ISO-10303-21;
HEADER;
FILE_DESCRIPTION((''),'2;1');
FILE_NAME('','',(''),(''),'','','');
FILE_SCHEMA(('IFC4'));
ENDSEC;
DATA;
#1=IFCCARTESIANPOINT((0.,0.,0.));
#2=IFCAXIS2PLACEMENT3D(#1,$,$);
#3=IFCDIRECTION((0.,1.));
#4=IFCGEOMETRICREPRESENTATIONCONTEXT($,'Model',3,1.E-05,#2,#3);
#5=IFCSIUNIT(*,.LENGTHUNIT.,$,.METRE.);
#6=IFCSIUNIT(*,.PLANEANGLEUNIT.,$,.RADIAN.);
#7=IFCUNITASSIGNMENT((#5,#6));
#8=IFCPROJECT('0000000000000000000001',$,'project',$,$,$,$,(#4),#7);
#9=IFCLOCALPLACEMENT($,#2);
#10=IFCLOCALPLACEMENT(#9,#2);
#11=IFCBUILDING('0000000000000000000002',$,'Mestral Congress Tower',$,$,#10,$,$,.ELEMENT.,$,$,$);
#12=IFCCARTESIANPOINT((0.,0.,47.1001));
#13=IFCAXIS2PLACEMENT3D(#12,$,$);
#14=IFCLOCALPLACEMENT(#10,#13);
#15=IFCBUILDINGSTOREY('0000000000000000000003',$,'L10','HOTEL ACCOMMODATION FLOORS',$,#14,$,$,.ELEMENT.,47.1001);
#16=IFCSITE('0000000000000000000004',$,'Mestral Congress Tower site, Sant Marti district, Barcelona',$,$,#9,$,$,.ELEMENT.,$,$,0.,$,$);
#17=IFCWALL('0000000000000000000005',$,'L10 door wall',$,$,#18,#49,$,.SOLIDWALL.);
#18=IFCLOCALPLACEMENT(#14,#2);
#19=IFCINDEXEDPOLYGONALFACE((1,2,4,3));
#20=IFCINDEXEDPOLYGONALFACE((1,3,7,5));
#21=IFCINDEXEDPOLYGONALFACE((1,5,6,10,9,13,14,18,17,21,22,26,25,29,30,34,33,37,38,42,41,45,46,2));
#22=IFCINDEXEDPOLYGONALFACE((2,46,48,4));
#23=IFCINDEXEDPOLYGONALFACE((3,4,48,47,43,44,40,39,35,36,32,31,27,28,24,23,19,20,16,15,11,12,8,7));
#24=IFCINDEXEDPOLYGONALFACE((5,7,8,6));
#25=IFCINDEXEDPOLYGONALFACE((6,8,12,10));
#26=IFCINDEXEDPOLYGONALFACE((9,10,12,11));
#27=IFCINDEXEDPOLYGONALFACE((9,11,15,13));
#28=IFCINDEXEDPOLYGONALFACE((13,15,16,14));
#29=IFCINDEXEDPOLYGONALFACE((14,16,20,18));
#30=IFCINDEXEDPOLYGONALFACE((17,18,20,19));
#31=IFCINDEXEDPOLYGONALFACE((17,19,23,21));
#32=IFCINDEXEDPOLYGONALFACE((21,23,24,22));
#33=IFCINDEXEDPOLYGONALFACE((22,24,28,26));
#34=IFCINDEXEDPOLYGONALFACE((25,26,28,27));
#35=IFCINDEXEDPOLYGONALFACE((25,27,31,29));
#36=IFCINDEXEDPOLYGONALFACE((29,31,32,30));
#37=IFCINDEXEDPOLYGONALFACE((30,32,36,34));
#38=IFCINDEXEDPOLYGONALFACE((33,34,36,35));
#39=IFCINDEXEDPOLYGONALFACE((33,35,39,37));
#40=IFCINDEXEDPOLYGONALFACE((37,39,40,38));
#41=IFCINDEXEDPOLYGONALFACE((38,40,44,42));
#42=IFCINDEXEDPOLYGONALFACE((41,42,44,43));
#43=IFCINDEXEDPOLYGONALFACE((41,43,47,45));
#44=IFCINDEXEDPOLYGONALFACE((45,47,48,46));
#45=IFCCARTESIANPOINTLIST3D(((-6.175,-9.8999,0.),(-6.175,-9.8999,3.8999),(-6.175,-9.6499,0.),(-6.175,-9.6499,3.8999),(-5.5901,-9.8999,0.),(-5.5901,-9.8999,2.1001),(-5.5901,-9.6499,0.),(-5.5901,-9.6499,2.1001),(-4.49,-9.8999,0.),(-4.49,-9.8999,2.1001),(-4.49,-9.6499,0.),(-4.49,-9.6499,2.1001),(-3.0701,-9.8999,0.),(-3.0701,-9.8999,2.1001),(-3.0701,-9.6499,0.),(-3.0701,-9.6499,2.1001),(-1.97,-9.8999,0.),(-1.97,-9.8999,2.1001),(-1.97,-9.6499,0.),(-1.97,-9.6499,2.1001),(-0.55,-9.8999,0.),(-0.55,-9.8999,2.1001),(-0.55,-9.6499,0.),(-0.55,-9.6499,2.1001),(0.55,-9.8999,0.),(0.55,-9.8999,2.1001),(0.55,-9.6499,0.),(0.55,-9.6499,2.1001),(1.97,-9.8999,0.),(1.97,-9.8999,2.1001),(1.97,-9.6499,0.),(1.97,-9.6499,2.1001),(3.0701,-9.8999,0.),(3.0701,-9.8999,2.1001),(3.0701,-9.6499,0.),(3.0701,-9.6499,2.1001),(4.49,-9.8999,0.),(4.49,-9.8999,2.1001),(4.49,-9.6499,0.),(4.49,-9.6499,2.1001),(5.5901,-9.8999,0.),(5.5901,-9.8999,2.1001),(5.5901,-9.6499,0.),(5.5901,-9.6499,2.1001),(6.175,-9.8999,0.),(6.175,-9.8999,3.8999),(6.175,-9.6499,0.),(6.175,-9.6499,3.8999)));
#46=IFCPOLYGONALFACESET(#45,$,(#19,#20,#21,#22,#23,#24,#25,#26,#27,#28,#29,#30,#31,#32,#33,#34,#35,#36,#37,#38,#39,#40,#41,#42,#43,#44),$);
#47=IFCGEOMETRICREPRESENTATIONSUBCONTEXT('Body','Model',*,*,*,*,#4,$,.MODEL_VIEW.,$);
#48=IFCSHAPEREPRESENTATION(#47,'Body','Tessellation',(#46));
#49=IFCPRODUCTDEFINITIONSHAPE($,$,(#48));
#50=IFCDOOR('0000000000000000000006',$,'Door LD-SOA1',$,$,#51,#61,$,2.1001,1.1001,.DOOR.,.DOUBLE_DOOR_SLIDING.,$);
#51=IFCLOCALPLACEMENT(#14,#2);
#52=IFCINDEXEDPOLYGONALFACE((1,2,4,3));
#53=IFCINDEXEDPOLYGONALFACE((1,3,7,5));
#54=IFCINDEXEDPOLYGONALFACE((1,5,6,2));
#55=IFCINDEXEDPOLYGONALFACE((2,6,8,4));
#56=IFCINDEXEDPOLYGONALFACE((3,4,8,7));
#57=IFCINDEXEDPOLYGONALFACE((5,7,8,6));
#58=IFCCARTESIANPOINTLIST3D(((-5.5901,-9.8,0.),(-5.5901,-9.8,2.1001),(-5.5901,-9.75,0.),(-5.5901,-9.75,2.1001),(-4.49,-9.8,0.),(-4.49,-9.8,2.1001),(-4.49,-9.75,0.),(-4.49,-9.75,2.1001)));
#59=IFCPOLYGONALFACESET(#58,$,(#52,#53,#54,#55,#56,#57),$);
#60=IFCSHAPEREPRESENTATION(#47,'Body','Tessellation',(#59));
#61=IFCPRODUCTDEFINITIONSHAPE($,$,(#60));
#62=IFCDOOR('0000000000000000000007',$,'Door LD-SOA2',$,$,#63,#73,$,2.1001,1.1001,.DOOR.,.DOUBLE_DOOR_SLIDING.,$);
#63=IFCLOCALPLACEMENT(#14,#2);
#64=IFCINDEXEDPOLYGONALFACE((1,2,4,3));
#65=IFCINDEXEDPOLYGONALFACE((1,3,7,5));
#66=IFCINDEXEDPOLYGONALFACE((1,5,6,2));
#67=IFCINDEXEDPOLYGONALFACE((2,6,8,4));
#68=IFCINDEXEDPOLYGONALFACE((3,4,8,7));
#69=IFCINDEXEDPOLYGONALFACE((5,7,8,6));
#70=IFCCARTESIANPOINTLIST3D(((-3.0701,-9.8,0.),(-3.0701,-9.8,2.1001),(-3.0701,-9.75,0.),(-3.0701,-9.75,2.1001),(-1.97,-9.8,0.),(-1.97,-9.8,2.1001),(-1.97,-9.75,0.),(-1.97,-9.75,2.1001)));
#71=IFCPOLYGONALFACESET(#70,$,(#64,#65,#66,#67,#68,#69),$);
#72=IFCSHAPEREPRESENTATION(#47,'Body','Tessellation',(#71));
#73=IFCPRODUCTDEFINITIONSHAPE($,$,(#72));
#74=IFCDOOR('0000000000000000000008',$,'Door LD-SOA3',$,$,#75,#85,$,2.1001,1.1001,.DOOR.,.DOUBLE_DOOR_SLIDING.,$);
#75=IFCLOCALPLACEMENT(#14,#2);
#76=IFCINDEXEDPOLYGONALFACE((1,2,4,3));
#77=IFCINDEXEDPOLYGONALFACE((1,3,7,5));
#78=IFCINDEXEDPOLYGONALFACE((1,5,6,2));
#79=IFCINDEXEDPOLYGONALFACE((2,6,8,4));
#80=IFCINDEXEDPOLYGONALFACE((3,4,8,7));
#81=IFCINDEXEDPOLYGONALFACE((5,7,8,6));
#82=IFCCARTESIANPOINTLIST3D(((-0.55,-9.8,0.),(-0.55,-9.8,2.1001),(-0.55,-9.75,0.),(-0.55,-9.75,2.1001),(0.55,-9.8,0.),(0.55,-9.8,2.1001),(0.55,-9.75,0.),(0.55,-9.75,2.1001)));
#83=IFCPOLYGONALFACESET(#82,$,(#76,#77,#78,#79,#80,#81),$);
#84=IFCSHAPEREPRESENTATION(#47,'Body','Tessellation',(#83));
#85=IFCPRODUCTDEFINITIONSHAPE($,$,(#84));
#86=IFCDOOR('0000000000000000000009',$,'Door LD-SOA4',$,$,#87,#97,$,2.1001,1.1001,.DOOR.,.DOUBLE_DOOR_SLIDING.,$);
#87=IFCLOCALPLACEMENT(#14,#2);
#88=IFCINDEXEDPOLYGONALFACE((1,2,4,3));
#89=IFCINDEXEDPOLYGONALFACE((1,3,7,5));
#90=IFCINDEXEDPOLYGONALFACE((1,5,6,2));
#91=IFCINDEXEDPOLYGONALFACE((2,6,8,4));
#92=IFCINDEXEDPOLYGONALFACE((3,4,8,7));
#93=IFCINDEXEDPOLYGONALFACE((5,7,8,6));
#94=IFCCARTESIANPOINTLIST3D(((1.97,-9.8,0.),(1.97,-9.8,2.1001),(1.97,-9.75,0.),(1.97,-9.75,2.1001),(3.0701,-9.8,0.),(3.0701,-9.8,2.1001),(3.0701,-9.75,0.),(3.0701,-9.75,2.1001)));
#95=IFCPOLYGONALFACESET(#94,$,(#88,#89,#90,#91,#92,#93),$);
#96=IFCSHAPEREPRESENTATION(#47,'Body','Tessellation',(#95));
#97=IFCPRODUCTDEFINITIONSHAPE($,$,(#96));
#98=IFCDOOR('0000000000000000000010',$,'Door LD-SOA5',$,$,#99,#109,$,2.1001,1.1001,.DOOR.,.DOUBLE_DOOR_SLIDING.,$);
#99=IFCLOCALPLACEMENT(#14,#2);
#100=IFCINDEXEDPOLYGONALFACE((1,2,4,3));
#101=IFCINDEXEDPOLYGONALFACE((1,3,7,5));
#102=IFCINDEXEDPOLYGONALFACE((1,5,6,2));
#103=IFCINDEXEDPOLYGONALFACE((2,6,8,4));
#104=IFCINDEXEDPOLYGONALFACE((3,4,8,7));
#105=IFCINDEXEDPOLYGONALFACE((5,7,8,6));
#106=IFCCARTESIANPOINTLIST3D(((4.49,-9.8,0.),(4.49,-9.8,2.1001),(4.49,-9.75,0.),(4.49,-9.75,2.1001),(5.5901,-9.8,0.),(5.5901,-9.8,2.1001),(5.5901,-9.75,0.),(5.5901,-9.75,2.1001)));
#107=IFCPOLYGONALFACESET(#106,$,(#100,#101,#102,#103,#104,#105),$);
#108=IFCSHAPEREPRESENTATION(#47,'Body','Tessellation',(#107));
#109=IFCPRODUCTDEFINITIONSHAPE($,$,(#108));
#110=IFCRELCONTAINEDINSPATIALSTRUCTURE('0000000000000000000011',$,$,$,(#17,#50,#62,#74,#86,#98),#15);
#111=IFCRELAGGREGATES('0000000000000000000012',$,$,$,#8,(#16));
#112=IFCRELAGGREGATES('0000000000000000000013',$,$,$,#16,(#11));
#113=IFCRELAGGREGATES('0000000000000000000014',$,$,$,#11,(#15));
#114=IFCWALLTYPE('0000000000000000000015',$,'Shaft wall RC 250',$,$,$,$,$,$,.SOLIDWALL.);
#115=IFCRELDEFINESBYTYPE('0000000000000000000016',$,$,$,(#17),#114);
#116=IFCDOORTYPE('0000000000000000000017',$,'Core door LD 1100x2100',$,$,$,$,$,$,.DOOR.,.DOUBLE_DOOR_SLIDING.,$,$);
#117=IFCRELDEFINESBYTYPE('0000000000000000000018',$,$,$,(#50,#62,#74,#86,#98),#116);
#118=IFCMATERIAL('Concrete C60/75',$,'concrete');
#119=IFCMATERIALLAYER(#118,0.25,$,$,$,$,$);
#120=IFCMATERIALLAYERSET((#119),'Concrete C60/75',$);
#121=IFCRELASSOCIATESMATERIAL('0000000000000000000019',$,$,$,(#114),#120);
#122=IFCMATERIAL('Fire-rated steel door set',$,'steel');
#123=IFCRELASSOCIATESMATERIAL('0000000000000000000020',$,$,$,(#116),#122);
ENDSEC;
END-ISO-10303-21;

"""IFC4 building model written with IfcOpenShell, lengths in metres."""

from ifc_helpers import new_model, si_unit, direction, frame, frame_2d, origin, place, context, subcontext, project, spatial, rectangle, extrude, material, layer, layer_set, type_object, element, fill, save


model = new_model("IFC4")

# Units and contexts
model_context = context("Model", 3, precision=1e-05, world=origin(), true_north=direction((0.0, 1.0)))
body_context = subcontext(model_context, "Body", "Model", "MODEL_VIEW")
ifc_project = project(units=[si_unit("LENGTHUNIT", "METRE"), si_unit("PLANEANGLEUNIT", "RADIAN")], contexts=[model_context])

# Site, building, storey
site_placement = place(None, origin())
site = spatial("IfcSite", under=ifc_project, at=site_placement, Name="Mestral Congress Tower site, Sant Marti district, Barcelona", CompositionType="ELEMENT", RefElevation=0.0)
building_placement = place(site_placement, origin())
building = spatial("IfcBuilding", under=site, at=building_placement, Name="Mestral Congress Tower", CompositionType="ELEMENT")
storey_placement = place(building_placement, frame((0.0, 0.0, 47.1001)))
storey = spatial("IfcBuildingStorey", under=building, at=storey_placement, Name="L10", Description="HOTEL ACCOMMODATION FLOORS", CompositionType="ELEMENT", Elevation=47.1001)

# Shared definitions
ifc_material_1 = material(Name="Fire-rated steel door set", Category="steel")

# Shared definitions
ifc_material_2 = material(Name="Concrete C60/75", Category="concrete")
ifc_layer_1 = layer(ifc_material_2, 0.25)
ifc_layer_set_1 = layer_set([ifc_layer_1], Name="Concrete C60/75")
wall_type_1 = type_object("IfcWallType", Name="Shaft wall RC 250", PredefinedType="SOLIDWALL", material=ifc_layer_set_1)

# Wall, openings, doors
wall_1_placement = place(storey_placement, frame((-6.175, -9.7749, 0.0), z_axis=(0.0, 0.0, 1.0), x_axis=(1.0, 0.0, 0.0)))
wall_1 = element("IfcWall", 1, at=wall_1_placement, inside=storey, type_object=wall_type_1, Name="L10 door wall", PredefinedType="SOLIDWALL", context=body_context, shape_type="SweptSolid", body=[
    extrude(rectangle(XDim=12.3501, YDim=0.25, at=frame_2d((6.175, 0.0))), origin(), (0.0, 0.0, 1.0), 3.8999),
])
opening_1_placement = place(wall_1_placement, frame((0.585, 0.0, 0.0)))
opening_1 = element("IfcOpeningElement", 2, at=opening_1_placement, cuts=wall_1, PredefinedType="OPENING", context=body_context, shape_type="SweptSolid", body=[
    extrude(rectangle(XDim=1.1001, YDim=2.1001, at=frame_2d((0.55, 1.05))), frame((0.0, 0.135, 0.0), z_axis=(0.0, -1.0, 0.0), x_axis=(1.0, 0.0, 0.0)), (0.0, 0.0, 1.0), 0.27),
])
opening_2_placement = place(wall_1_placement, frame((3.105, 0.0, 0.0)))
opening_2 = element("IfcOpeningElement", 3, at=opening_2_placement, cuts=wall_1, PredefinedType="OPENING", context=body_context, shape_type="SweptSolid", body=[
    extrude(rectangle(XDim=1.1001, YDim=2.1001, at=frame_2d((0.55, 1.05))), frame((0.0, 0.135, 0.0), z_axis=(0.0, -1.0, 0.0), x_axis=(1.0, 0.0, 0.0)), (0.0, 0.0, 1.0), 0.27),
])
opening_3_placement = place(wall_1_placement, frame((5.625, 0.0, 0.0)))
opening_3 = element("IfcOpeningElement", 4, at=opening_3_placement, cuts=wall_1, PredefinedType="OPENING", context=body_context, shape_type="SweptSolid", body=[
    extrude(rectangle(XDim=1.1001, YDim=2.1001, at=frame_2d((0.55, 1.05))), frame((0.0, 0.135, 0.0), z_axis=(0.0, -1.0, 0.0), x_axis=(1.0, 0.0, 0.0)), (0.0, 0.0, 1.0), 0.27),
])
opening_4_placement = place(wall_1_placement, frame((8.145, 0.0, 0.0)))
opening_4 = element("IfcOpeningElement", 5, at=opening_4_placement, cuts=wall_1, PredefinedType="OPENING", context=body_context, shape_type="SweptSolid", body=[
    extrude(rectangle(XDim=1.1001, YDim=2.1001, at=frame_2d((0.55, 1.05))), frame((0.0, 0.135, 0.0), z_axis=(0.0, -1.0, 0.0), x_axis=(1.0, 0.0, 0.0)), (0.0, 0.0, 1.0), 0.27),
])
opening_5_placement = place(wall_1_placement, frame((10.665, 0.0, 0.0)))
opening_5 = element("IfcOpeningElement", 6, at=opening_5_placement, cuts=wall_1, PredefinedType="OPENING", context=body_context, shape_type="SweptSolid", body=[
    extrude(rectangle(XDim=1.1001, YDim=2.1001, at=frame_2d((0.55, 1.05))), frame((0.0, 0.135, 0.0), z_axis=(0.0, -1.0, 0.0), x_axis=(1.0, 0.0, 0.0)), (0.0, 0.0, 1.0), 0.27),
])
door_type_1 = type_object("IfcDoorType", Name="Core door LD 1100x2100", OperationType="DOUBLE_DOOR_SLIDING", PredefinedType="DOOR", material=ifc_material_1)
door_1_placement = place(opening_1_placement, origin())
door_1 = element("IfcDoor", 7, at=door_1_placement, inside=storey, type_object=door_type_1, Name="Door LD-SOA1", OperationType="DOUBLE_DOOR_SLIDING", OverallHeight=2.1001, OverallWidth=1.1001, PredefinedType="DOOR", context=body_context, shape_type="SweptSolid", body=[
    extrude(rectangle(XDim=1.1001, YDim=2.1001, at=frame_2d((0.55, 1.05))), frame((0.0, 0.0249, 0.0), z_axis=(0.0, -1.0, 0.0), x_axis=(1.0, 0.0, 0.0)), (0.0, 0.0, 1.0), 0.05),
])
fill(opening_1, door_1)
door_2_placement = place(opening_2_placement, origin())
door_2 = element("IfcDoor", 8, at=door_2_placement, inside=storey, type_object=door_type_1, Name="Door LD-SOA2", OperationType="DOUBLE_DOOR_SLIDING", OverallHeight=2.1001, OverallWidth=1.1001, PredefinedType="DOOR", context=body_context, shape_type="SweptSolid", body=[
    extrude(rectangle(XDim=1.1001, YDim=2.1001, at=frame_2d((0.55, 1.05))), frame((0.0, 0.0249, 0.0), z_axis=(0.0, -1.0, 0.0), x_axis=(1.0, 0.0, 0.0)), (0.0, 0.0, 1.0), 0.05),
])
fill(opening_2, door_2)
door_3_placement = place(opening_3_placement, origin())
door_3 = element("IfcDoor", 9, at=door_3_placement, inside=storey, type_object=door_type_1, Name="Door LD-SOA3", OperationType="DOUBLE_DOOR_SLIDING", OverallHeight=2.1001, OverallWidth=1.1001, PredefinedType="DOOR", context=body_context, shape_type="SweptSolid", body=[
    extrude(rectangle(XDim=1.1001, YDim=2.1001, at=frame_2d((0.55, 1.05))), frame((0.0, 0.0249, 0.0), z_axis=(0.0, -1.0, 0.0), x_axis=(1.0, 0.0, 0.0)), (0.0, 0.0, 1.0), 0.05),
])
fill(opening_3, door_3)
door_4_placement = place(opening_4_placement, origin())
door_4 = element("IfcDoor", 10, at=door_4_placement, inside=storey, type_object=door_type_1, Name="Door LD-SOA4", OperationType="DOUBLE_DOOR_SLIDING", OverallHeight=2.1001, OverallWidth=1.1001, PredefinedType="DOOR", context=body_context, shape_type="SweptSolid", body=[
    extrude(rectangle(XDim=1.1001, YDim=2.1001, at=frame_2d((0.55, 1.05))), frame((0.0, 0.0249, 0.0), z_axis=(0.0, -1.0, 0.0), x_axis=(1.0, 0.0, 0.0)), (0.0, 0.0, 1.0), 0.05),
])
fill(opening_4, door_4)
door_5_placement = place(opening_5_placement, origin())
door_5 = element("IfcDoor", 11, at=door_5_placement, inside=storey, type_object=door_type_1, Name="Door LD-SOA5", OperationType="DOUBLE_DOOR_SLIDING", OverallHeight=2.1001, OverallWidth=1.1001, PredefinedType="DOOR", context=body_context, shape_type="SweptSolid", body=[
    extrude(rectangle(XDim=1.1001, YDim=2.1001, at=frame_2d((0.55, 1.05))), frame((0.0, 0.0249, 0.0), z_axis=(0.0, -1.0, 0.0), x_axis=(1.0, 0.0, 0.0)), (0.0, 0.0, 1.0), 0.05),
])
fill(opening_5, door_5)

save(model, "model.ifc")
